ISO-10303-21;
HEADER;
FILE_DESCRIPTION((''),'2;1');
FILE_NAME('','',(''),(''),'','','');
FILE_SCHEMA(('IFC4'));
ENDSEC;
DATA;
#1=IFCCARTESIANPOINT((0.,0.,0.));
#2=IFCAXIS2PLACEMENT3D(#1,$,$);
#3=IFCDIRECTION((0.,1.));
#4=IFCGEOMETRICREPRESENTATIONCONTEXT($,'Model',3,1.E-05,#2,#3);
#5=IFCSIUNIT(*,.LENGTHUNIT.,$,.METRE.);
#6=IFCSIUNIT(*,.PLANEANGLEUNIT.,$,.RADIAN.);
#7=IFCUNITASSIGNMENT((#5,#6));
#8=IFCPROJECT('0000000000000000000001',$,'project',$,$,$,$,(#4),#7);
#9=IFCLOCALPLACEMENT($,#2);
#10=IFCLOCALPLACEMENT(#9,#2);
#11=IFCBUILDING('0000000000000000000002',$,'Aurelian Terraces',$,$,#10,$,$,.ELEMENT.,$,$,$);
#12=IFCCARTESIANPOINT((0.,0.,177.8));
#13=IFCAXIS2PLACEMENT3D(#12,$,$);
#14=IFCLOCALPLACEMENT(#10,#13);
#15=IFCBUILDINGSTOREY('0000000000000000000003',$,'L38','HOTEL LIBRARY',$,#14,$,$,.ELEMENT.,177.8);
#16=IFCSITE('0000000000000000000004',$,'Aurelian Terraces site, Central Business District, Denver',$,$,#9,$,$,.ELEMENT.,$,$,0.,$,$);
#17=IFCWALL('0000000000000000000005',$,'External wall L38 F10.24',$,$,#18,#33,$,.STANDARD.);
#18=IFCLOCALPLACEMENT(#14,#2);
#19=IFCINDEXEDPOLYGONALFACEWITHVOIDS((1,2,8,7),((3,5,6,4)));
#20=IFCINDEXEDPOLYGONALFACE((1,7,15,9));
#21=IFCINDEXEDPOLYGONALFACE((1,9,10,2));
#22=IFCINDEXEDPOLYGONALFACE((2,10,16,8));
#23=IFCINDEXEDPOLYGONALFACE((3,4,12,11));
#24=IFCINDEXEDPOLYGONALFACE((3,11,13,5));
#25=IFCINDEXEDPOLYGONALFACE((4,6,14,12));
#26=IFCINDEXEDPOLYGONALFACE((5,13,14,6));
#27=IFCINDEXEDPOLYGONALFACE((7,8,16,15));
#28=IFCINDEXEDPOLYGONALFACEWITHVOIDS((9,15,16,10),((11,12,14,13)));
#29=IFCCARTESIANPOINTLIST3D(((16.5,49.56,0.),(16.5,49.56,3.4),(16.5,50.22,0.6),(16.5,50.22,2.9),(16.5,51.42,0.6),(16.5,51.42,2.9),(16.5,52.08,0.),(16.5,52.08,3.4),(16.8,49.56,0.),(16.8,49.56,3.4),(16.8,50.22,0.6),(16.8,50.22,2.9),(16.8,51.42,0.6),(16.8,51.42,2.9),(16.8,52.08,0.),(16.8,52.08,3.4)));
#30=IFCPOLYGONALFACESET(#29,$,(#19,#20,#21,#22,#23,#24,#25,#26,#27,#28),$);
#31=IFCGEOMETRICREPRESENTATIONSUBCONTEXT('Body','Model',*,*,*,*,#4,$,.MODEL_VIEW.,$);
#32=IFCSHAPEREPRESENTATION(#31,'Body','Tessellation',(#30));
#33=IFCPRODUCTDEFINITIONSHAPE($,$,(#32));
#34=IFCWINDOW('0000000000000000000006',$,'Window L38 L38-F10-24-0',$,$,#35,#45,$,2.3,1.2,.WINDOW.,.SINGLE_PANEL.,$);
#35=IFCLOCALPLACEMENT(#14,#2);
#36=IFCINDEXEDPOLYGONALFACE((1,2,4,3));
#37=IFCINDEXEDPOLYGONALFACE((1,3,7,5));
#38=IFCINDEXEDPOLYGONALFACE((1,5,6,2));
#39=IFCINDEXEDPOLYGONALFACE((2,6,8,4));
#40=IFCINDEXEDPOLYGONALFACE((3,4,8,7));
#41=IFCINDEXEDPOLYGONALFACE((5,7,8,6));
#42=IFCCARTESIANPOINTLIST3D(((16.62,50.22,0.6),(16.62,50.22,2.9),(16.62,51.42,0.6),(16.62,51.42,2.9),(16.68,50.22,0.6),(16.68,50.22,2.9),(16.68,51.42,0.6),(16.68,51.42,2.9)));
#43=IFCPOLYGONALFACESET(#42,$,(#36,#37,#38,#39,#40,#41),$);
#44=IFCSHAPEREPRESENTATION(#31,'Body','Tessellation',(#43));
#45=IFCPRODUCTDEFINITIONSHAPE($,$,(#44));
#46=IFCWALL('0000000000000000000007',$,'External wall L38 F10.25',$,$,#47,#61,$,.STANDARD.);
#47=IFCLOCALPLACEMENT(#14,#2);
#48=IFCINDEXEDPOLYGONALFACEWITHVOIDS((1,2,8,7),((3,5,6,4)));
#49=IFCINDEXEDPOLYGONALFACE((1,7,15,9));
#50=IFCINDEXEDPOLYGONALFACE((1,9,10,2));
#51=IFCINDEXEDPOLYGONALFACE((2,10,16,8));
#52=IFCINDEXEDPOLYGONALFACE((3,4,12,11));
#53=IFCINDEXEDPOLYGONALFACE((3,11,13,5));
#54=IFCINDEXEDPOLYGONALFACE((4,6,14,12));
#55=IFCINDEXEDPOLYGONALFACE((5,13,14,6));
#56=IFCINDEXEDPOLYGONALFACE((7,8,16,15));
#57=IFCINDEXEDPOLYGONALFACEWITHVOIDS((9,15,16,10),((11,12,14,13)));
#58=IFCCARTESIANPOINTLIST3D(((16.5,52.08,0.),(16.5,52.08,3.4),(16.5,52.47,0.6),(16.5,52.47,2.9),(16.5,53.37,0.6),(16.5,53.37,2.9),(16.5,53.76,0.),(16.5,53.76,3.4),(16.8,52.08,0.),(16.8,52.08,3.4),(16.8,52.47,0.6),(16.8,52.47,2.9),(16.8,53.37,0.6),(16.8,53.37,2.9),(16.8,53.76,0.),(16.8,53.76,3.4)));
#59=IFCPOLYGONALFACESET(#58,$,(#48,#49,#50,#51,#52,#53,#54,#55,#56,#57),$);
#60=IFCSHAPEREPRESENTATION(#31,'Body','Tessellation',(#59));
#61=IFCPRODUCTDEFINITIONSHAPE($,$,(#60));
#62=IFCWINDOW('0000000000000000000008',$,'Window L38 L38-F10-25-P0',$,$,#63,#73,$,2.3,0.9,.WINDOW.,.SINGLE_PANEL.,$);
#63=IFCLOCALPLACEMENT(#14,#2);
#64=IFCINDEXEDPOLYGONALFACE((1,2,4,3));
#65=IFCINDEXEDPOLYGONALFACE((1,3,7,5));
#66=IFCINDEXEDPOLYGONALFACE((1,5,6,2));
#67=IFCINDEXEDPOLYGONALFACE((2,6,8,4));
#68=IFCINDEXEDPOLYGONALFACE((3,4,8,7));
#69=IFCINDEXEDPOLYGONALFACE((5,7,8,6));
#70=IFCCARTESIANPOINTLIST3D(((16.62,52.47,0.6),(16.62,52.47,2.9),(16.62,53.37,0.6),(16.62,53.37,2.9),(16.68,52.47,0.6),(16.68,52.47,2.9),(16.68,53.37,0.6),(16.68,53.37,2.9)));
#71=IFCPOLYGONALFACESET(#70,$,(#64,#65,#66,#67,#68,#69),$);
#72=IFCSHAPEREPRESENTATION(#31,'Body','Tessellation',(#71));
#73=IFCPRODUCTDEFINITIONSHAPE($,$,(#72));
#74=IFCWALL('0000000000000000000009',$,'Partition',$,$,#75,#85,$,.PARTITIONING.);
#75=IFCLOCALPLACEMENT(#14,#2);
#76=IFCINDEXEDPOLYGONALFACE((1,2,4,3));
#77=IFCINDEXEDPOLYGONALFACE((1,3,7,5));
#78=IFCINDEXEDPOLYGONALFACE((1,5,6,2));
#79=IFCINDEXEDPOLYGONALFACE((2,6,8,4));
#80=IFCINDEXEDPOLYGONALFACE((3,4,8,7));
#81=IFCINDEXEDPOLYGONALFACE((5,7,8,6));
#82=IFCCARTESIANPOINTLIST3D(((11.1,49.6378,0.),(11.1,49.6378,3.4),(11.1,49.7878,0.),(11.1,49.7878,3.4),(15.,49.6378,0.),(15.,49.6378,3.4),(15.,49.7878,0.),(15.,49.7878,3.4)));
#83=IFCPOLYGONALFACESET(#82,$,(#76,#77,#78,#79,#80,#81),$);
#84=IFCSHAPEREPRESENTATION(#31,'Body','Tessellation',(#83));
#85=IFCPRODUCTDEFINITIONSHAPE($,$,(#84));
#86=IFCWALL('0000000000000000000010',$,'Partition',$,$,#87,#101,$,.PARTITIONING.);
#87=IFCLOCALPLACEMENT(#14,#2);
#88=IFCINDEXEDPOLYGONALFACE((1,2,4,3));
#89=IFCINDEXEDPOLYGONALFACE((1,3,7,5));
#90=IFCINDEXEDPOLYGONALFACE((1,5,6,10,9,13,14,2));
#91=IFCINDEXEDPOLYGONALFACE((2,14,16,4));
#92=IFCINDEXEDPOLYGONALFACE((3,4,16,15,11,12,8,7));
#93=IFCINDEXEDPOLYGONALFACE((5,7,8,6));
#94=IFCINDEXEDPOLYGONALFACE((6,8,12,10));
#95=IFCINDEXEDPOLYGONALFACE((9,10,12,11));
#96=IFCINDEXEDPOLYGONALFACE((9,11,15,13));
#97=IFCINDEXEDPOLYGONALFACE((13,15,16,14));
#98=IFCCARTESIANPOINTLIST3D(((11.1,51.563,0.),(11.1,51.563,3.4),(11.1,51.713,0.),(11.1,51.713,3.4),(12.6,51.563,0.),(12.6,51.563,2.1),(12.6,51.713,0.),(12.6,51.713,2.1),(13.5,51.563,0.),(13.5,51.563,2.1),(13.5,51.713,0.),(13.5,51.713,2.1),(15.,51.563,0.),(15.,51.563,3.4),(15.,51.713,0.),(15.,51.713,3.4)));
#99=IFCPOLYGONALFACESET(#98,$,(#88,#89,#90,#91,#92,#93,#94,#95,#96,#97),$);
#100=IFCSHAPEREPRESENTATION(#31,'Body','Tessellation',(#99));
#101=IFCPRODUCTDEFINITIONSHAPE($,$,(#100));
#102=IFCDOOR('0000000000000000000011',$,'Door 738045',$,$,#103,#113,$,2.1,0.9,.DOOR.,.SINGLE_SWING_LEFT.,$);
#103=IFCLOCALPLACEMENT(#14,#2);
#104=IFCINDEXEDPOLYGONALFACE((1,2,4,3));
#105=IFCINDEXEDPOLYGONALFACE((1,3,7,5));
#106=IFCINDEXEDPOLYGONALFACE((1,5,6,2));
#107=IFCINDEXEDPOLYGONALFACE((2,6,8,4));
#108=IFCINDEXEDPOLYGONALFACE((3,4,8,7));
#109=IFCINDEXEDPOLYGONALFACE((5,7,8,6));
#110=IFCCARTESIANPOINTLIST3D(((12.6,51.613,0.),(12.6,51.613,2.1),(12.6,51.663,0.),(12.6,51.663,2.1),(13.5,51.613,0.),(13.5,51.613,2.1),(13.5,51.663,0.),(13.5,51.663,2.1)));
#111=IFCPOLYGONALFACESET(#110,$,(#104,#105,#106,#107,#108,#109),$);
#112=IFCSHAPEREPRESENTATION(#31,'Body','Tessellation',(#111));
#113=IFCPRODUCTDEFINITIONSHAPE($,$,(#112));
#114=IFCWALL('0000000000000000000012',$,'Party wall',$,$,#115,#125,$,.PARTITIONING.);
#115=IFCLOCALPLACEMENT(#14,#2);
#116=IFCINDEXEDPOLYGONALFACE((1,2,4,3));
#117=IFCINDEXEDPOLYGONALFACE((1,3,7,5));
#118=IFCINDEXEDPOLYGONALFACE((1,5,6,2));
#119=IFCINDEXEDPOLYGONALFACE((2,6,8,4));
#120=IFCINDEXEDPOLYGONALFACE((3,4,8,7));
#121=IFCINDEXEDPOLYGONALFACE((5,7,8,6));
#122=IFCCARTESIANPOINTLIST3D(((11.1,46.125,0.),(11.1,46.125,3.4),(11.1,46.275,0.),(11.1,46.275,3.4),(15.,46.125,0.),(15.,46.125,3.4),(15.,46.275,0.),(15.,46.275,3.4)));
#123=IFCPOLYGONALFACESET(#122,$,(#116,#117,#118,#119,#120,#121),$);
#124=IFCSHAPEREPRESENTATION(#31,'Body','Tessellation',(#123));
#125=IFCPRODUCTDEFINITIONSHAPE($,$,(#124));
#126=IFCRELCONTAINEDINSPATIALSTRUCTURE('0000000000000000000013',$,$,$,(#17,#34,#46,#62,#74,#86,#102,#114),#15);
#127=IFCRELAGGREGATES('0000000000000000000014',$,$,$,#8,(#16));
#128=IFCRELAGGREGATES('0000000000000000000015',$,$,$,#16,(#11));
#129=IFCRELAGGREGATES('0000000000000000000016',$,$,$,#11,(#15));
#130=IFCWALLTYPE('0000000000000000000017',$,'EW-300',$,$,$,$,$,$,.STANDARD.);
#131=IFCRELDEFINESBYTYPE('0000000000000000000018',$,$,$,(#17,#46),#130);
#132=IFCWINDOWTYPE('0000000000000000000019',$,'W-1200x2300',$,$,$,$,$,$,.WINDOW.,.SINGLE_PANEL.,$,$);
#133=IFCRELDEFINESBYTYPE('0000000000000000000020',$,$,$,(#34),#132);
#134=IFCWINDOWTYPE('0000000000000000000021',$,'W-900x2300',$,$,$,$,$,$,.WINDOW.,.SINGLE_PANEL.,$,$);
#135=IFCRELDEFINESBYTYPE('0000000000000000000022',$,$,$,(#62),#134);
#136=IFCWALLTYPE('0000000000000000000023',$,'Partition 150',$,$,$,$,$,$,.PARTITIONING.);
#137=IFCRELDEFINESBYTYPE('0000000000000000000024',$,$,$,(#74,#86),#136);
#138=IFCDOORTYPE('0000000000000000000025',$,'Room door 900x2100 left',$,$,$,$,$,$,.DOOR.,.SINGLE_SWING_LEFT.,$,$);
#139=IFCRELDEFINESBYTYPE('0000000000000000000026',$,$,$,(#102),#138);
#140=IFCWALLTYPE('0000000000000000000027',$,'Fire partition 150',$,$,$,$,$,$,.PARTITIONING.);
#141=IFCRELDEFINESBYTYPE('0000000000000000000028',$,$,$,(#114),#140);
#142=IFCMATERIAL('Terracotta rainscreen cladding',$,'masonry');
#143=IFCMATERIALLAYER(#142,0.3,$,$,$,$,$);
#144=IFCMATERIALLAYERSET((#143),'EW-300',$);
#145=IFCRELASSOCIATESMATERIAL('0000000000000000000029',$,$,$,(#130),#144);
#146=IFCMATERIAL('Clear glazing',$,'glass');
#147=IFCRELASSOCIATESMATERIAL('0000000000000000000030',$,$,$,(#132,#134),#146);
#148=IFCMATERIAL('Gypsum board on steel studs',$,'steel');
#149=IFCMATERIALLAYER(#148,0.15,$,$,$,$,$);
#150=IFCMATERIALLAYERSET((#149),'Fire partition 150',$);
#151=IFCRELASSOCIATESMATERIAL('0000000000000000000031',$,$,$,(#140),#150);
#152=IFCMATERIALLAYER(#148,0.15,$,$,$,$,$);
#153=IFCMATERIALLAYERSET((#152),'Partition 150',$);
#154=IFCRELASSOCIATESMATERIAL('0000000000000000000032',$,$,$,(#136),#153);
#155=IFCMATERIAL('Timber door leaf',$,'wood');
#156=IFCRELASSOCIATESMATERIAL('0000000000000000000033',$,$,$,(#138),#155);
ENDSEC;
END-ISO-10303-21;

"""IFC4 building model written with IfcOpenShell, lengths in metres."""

from ifc_helpers import new_model, si_unit, direction, frame, frame_2d, origin, place, context, subcontext, project, spatial, rectangle, extrude, source, transform, mapped, material, layer, layer_set, type_object, element, fill, save


model = new_model("IFC4")

# Units and contexts
model_context = context("Model", 3, precision=1e-05, world=origin(), true_north=direction((0.0, 1.0)))
body_context = subcontext(model_context, "Body", "Model", "MODEL_VIEW")
ifc_project = project(units=[si_unit("LENGTHUNIT", "METRE"), si_unit("PLANEANGLEUNIT", "RADIAN")], contexts=[model_context])

# Site, building, storey
site_placement = place(None, origin())
site = spatial("IfcSite", under=ifc_project, at=site_placement, Name="Aurelian Terraces site, Central Business District, Denver", CompositionType="ELEMENT", RefElevation=0.0)
building_placement = place(site_placement, origin())
building = spatial("IfcBuilding", under=site, at=building_placement, Name="Aurelian Terraces", CompositionType="ELEMENT")
storey_placement = place(building_placement, frame((0.0, 0.0, 177.8)))
storey = spatial("IfcBuildingStorey", under=building, at=storey_placement, Name="L38", Description="HOTEL LIBRARY", CompositionType="ELEMENT", Elevation=177.8)

# Shared definitions
ifc_material_1 = material(Name="Terracotta rainscreen cladding", Category="masonry")
ifc_layer_1 = layer(ifc_material_1, 0.3)
ifc_layer_set_1 = layer_set([ifc_layer_1], Name="EW-300")
wall_type_1 = type_object("IfcWallType", Name="EW-300", PredefinedType="STANDARD", material=ifc_layer_set_1)
shared_shape_1 = source(origin(), body_context, "Body", "SweptSolid", [
    extrude(rectangle(XDim=1.2, YDim=2.3, at=frame_2d((0.6, 1.15))), frame((0.0, 0.16, 0.0), z_axis=(0.0, -1.0, 0.0), x_axis=(1.0, 0.0, 0.0)), (0.0, 0.0, 1.0), 0.32),
])
ifc_material_2 = material(Name="Clear glazing", Category="glass")
window_type_1 = type_object("IfcWindowType", Name="W-1200x2300", PartitioningType="SINGLE_PANEL", PredefinedType="WINDOW", material=ifc_material_2)
shared_shape_2 = source(origin(), body_context, "Body", "SweptSolid", [
    extrude(rectangle(XDim=1.2, YDim=2.3, at=frame_2d((0.6, 1.15))), frame((0.0, 0.03, 0.0), z_axis=(0.0, -1.0, 0.0), x_axis=(1.0, 0.0, 0.0)), (0.0, 0.0, 1.0), 0.06),
])

# Shared definitions
ifc_material_3 = material(Name="Gypsum board on steel studs", Category="steel")
ifc_layer_2 = layer(ifc_material_3, 0.15)
ifc_layer_set_2 = layer_set([ifc_layer_2], Name="Fire partition 150")
wall_type_2 = type_object("IfcWallType", Name="Fire partition 150", PredefinedType="PARTITIONING", material=ifc_layer_set_2)
shared_shape_3 = source(origin(), body_context, "Body", "SweptSolid", [
    extrude(rectangle(XDim=0.9, YDim=2.1, at=frame_2d((0.45, 1.05))), frame((0.0, 0.085, 0.0), z_axis=(0.0, -1.0, 0.0), x_axis=(1.0, 0.0, 0.0)), (0.0, 0.0, 1.0), 0.17),
])
shared_shape_4 = source(origin(), body_context, "Body", "SweptSolid", [
    extrude(rectangle(XDim=0.9, YDim=2.1, at=frame_2d((0.45, 1.05))), frame((0.0, 0.025, 0.0), z_axis=(0.0, -1.0, 0.0), x_axis=(1.0, 0.0, 0.0)), (0.0, 0.0, 1.0), 0.05),
])

# Walls, openings, windows
shared_shape_5 = source(origin(), body_context, "Body", "SweptSolid", [
    extrude(rectangle(XDim=2.52, YDim=0.3, at=frame_2d((1.26, 0.0))), origin(), (0.0, 0.0, 1.0), 3.4),
])
wall_1_placement = place(storey_placement, frame((16.65, 49.56, 0.0), z_axis=(0.0, 0.0, 1.0), x_axis=(0.0, 1.0, 0.0)))
wall_1 = element("IfcWall", 1, at=wall_1_placement, inside=storey, type_object=wall_type_1, Name="External wall L38 F10.24", PredefinedType="STANDARD", context=body_context, shape_type="MappedRepresentation", body=[
    mapped(shared_shape_5, transform((0.0, 0.0, 0.0), scale=1.0)),
])
opening_1_placement = place(wall_1_placement, frame((0.66, 0.0, 0.6)))
opening_1 = element("IfcOpeningElement", 2, at=opening_1_placement, cuts=wall_1, PredefinedType="OPENING", context=body_context, shape_type="MappedRepresentation", body=[
    mapped(shared_shape_1, transform((0.0, 0.0, 0.0), scale=1.0)),
])
window_1_placement = place(opening_1_placement, origin())
window_1 = element("IfcWindow", 3, at=window_1_placement, inside=storey, type_object=window_type_1, Name="Window L38 L38-F10-24-0", OverallHeight=2.3, OverallWidth=1.2, PartitioningType="SINGLE_PANEL", PredefinedType="WINDOW", context=body_context, shape_type="MappedRepresentation", body=[
    mapped(shared_shape_2, transform((0.0, 0.0, 0.0), scale=1.0)),
])
fill(opening_1, window_1)
shared_shape_6 = source(origin(), body_context, "Body", "SweptSolid", [
    extrude(rectangle(XDim=1.68, YDim=0.3, at=frame_2d((0.84, 0.0))), origin(), (0.0, 0.0, 1.0), 3.4),
])
wall_2_placement = place(storey_placement, frame((16.65, 52.08, 0.0), z_axis=(0.0, 0.0, 1.0), x_axis=(0.0, 1.0, 0.0)))
wall_2 = element("IfcWall", 4, at=wall_2_placement, inside=storey, type_object=wall_type_1, Name="External wall L38 F10.25", PredefinedType="STANDARD", context=body_context, shape_type="MappedRepresentation", body=[
    mapped(shared_shape_6, transform((0.0, 0.0, 0.0), scale=1.0)),
])
shared_shape_7 = source(origin(), body_context, "Body", "SweptSolid", [
    extrude(rectangle(XDim=0.9, YDim=2.3, at=frame_2d((0.45, 1.15))), frame((0.0, 0.16, 0.0), z_axis=(0.0, -1.0, 0.0), x_axis=(1.0, 0.0, 0.0)), (0.0, 0.0, 1.0), 0.32),
])
opening_2_placement = place(wall_2_placement, frame((0.39, 0.0, 0.6)))
opening_2 = element("IfcOpeningElement", 5, at=opening_2_placement, cuts=wall_2, PredefinedType="OPENING", context=body_context, shape_type="MappedRepresentation", body=[
    mapped(shared_shape_7, transform((0.0, 0.0, 0.0), scale=1.0)),
])
window_type_2 = type_object("IfcWindowType", Name="W-900x2300", PartitioningType="SINGLE_PANEL", PredefinedType="WINDOW", material=ifc_material_2)
shared_shape_8 = source(origin(), body_context, "Body", "SweptSolid", [
    extrude(rectangle(XDim=0.9, YDim=2.3, at=frame_2d((0.45, 1.15))), frame((0.0, 0.03, 0.0), z_axis=(0.0, -1.0, 0.0), x_axis=(1.0, 0.0, 0.0)), (0.0, 0.0, 1.0), 0.06),
])
window_2_placement = place(opening_2_placement, origin())
window_2 = element("IfcWindow", 6, at=window_2_placement, inside=storey, type_object=window_type_2, Name="Window L38 L38-F10-25-P0", OverallHeight=2.3, OverallWidth=0.9, PartitioningType="SINGLE_PANEL", PredefinedType="WINDOW", context=body_context, shape_type="MappedRepresentation", body=[
    mapped(shared_shape_8, transform((0.0, 0.0, 0.0), scale=1.0)),
])
fill(opening_2, window_2)

# Wall
ifc_layer_3 = layer(ifc_material_3, 0.15)
ifc_layer_set_3 = layer_set([ifc_layer_3], Name="Partition 150")
wall_type_3 = type_object("IfcWallType", Name="Partition 150", PredefinedType="PARTITIONING", material=ifc_layer_set_3)
shared_shape_9 = source(origin(), body_context, "Body", "SweptSolid", [
    extrude(rectangle(XDim=3.9, YDim=0.15, at=frame_2d((1.95, 0.0))), origin(), (0.0, 0.0, 1.0), 3.4),
])
wall_3_placement = place(storey_placement, frame((15.0, 49.7128, 0.0), z_axis=(0.0, 0.0, 1.0), x_axis=(-1.0, 0.0, 0.0)))
element("IfcWall", 7, at=wall_3_placement, inside=storey, type_object=wall_type_3, Name="Partition", PredefinedType="PARTITIONING", context=body_context, shape_type="MappedRepresentation", body=[
    mapped(shared_shape_9, transform((0.0, 0.0, 0.0), scale=1.0)),
])

# Wall, opening, door
wall_4_placement = place(storey_placement, frame((15.0, 51.638, 0.0), z_axis=(0.0, 0.0, 1.0), x_axis=(-1.0, 0.0, 0.0)))
wall_4 = element("IfcWall", 8, at=wall_4_placement, inside=storey, type_object=wall_type_3, Name="Partition", PredefinedType="PARTITIONING", context=body_context, shape_type="MappedRepresentation", body=[
    mapped(shared_shape_9, transform((0.0, 0.0, 0.0), scale=1.0)),
])
opening_3_placement = place(wall_4_placement, frame((1.5, 0.0, 0.0)))
opening_3 = element("IfcOpeningElement", 9, at=opening_3_placement, cuts=wall_4, PredefinedType="OPENING", context=body_context, shape_type="MappedRepresentation", body=[
    mapped(shared_shape_3, transform((0.0, 0.0, 0.0), scale=1.0)),
])
ifc_material_4 = material(Name="Timber door leaf", Category="wood")
door_type_1 = type_object("IfcDoorType", Name="Room door 900x2100 left", OperationType="SINGLE_SWING_LEFT", PredefinedType="DOOR", material=ifc_material_4)
door_1_placement = place(opening_3_placement, origin())
door_1 = element("IfcDoor", 10, at=door_1_placement, inside=storey, type_object=door_type_1, Name="Door 738045", OperationType="SINGLE_SWING_LEFT", OverallHeight=2.1, OverallWidth=0.9, PredefinedType="DOOR", context=body_context, shape_type="MappedRepresentation", body=[
    mapped(shared_shape_4, transform((0.0, 0.0, 0.0), scale=1.0)),
])
fill(opening_3, door_1)

# Wall
wall_5_placement = place(storey_placement, frame((15.0, 46.2, 0.0), z_axis=(0.0, 0.0, 1.0), x_axis=(-1.0, 0.0, 0.0)))
element("IfcWall", 11, at=wall_5_placement, inside=storey, type_object=wall_type_2, Name="Party wall", PredefinedType="PARTITIONING", context=body_context, shape_type="MappedRepresentation", body=[
    mapped(shared_shape_9, transform((0.0, 0.0, 0.0), scale=1.0)),
])

save(model, "model.ifc")
